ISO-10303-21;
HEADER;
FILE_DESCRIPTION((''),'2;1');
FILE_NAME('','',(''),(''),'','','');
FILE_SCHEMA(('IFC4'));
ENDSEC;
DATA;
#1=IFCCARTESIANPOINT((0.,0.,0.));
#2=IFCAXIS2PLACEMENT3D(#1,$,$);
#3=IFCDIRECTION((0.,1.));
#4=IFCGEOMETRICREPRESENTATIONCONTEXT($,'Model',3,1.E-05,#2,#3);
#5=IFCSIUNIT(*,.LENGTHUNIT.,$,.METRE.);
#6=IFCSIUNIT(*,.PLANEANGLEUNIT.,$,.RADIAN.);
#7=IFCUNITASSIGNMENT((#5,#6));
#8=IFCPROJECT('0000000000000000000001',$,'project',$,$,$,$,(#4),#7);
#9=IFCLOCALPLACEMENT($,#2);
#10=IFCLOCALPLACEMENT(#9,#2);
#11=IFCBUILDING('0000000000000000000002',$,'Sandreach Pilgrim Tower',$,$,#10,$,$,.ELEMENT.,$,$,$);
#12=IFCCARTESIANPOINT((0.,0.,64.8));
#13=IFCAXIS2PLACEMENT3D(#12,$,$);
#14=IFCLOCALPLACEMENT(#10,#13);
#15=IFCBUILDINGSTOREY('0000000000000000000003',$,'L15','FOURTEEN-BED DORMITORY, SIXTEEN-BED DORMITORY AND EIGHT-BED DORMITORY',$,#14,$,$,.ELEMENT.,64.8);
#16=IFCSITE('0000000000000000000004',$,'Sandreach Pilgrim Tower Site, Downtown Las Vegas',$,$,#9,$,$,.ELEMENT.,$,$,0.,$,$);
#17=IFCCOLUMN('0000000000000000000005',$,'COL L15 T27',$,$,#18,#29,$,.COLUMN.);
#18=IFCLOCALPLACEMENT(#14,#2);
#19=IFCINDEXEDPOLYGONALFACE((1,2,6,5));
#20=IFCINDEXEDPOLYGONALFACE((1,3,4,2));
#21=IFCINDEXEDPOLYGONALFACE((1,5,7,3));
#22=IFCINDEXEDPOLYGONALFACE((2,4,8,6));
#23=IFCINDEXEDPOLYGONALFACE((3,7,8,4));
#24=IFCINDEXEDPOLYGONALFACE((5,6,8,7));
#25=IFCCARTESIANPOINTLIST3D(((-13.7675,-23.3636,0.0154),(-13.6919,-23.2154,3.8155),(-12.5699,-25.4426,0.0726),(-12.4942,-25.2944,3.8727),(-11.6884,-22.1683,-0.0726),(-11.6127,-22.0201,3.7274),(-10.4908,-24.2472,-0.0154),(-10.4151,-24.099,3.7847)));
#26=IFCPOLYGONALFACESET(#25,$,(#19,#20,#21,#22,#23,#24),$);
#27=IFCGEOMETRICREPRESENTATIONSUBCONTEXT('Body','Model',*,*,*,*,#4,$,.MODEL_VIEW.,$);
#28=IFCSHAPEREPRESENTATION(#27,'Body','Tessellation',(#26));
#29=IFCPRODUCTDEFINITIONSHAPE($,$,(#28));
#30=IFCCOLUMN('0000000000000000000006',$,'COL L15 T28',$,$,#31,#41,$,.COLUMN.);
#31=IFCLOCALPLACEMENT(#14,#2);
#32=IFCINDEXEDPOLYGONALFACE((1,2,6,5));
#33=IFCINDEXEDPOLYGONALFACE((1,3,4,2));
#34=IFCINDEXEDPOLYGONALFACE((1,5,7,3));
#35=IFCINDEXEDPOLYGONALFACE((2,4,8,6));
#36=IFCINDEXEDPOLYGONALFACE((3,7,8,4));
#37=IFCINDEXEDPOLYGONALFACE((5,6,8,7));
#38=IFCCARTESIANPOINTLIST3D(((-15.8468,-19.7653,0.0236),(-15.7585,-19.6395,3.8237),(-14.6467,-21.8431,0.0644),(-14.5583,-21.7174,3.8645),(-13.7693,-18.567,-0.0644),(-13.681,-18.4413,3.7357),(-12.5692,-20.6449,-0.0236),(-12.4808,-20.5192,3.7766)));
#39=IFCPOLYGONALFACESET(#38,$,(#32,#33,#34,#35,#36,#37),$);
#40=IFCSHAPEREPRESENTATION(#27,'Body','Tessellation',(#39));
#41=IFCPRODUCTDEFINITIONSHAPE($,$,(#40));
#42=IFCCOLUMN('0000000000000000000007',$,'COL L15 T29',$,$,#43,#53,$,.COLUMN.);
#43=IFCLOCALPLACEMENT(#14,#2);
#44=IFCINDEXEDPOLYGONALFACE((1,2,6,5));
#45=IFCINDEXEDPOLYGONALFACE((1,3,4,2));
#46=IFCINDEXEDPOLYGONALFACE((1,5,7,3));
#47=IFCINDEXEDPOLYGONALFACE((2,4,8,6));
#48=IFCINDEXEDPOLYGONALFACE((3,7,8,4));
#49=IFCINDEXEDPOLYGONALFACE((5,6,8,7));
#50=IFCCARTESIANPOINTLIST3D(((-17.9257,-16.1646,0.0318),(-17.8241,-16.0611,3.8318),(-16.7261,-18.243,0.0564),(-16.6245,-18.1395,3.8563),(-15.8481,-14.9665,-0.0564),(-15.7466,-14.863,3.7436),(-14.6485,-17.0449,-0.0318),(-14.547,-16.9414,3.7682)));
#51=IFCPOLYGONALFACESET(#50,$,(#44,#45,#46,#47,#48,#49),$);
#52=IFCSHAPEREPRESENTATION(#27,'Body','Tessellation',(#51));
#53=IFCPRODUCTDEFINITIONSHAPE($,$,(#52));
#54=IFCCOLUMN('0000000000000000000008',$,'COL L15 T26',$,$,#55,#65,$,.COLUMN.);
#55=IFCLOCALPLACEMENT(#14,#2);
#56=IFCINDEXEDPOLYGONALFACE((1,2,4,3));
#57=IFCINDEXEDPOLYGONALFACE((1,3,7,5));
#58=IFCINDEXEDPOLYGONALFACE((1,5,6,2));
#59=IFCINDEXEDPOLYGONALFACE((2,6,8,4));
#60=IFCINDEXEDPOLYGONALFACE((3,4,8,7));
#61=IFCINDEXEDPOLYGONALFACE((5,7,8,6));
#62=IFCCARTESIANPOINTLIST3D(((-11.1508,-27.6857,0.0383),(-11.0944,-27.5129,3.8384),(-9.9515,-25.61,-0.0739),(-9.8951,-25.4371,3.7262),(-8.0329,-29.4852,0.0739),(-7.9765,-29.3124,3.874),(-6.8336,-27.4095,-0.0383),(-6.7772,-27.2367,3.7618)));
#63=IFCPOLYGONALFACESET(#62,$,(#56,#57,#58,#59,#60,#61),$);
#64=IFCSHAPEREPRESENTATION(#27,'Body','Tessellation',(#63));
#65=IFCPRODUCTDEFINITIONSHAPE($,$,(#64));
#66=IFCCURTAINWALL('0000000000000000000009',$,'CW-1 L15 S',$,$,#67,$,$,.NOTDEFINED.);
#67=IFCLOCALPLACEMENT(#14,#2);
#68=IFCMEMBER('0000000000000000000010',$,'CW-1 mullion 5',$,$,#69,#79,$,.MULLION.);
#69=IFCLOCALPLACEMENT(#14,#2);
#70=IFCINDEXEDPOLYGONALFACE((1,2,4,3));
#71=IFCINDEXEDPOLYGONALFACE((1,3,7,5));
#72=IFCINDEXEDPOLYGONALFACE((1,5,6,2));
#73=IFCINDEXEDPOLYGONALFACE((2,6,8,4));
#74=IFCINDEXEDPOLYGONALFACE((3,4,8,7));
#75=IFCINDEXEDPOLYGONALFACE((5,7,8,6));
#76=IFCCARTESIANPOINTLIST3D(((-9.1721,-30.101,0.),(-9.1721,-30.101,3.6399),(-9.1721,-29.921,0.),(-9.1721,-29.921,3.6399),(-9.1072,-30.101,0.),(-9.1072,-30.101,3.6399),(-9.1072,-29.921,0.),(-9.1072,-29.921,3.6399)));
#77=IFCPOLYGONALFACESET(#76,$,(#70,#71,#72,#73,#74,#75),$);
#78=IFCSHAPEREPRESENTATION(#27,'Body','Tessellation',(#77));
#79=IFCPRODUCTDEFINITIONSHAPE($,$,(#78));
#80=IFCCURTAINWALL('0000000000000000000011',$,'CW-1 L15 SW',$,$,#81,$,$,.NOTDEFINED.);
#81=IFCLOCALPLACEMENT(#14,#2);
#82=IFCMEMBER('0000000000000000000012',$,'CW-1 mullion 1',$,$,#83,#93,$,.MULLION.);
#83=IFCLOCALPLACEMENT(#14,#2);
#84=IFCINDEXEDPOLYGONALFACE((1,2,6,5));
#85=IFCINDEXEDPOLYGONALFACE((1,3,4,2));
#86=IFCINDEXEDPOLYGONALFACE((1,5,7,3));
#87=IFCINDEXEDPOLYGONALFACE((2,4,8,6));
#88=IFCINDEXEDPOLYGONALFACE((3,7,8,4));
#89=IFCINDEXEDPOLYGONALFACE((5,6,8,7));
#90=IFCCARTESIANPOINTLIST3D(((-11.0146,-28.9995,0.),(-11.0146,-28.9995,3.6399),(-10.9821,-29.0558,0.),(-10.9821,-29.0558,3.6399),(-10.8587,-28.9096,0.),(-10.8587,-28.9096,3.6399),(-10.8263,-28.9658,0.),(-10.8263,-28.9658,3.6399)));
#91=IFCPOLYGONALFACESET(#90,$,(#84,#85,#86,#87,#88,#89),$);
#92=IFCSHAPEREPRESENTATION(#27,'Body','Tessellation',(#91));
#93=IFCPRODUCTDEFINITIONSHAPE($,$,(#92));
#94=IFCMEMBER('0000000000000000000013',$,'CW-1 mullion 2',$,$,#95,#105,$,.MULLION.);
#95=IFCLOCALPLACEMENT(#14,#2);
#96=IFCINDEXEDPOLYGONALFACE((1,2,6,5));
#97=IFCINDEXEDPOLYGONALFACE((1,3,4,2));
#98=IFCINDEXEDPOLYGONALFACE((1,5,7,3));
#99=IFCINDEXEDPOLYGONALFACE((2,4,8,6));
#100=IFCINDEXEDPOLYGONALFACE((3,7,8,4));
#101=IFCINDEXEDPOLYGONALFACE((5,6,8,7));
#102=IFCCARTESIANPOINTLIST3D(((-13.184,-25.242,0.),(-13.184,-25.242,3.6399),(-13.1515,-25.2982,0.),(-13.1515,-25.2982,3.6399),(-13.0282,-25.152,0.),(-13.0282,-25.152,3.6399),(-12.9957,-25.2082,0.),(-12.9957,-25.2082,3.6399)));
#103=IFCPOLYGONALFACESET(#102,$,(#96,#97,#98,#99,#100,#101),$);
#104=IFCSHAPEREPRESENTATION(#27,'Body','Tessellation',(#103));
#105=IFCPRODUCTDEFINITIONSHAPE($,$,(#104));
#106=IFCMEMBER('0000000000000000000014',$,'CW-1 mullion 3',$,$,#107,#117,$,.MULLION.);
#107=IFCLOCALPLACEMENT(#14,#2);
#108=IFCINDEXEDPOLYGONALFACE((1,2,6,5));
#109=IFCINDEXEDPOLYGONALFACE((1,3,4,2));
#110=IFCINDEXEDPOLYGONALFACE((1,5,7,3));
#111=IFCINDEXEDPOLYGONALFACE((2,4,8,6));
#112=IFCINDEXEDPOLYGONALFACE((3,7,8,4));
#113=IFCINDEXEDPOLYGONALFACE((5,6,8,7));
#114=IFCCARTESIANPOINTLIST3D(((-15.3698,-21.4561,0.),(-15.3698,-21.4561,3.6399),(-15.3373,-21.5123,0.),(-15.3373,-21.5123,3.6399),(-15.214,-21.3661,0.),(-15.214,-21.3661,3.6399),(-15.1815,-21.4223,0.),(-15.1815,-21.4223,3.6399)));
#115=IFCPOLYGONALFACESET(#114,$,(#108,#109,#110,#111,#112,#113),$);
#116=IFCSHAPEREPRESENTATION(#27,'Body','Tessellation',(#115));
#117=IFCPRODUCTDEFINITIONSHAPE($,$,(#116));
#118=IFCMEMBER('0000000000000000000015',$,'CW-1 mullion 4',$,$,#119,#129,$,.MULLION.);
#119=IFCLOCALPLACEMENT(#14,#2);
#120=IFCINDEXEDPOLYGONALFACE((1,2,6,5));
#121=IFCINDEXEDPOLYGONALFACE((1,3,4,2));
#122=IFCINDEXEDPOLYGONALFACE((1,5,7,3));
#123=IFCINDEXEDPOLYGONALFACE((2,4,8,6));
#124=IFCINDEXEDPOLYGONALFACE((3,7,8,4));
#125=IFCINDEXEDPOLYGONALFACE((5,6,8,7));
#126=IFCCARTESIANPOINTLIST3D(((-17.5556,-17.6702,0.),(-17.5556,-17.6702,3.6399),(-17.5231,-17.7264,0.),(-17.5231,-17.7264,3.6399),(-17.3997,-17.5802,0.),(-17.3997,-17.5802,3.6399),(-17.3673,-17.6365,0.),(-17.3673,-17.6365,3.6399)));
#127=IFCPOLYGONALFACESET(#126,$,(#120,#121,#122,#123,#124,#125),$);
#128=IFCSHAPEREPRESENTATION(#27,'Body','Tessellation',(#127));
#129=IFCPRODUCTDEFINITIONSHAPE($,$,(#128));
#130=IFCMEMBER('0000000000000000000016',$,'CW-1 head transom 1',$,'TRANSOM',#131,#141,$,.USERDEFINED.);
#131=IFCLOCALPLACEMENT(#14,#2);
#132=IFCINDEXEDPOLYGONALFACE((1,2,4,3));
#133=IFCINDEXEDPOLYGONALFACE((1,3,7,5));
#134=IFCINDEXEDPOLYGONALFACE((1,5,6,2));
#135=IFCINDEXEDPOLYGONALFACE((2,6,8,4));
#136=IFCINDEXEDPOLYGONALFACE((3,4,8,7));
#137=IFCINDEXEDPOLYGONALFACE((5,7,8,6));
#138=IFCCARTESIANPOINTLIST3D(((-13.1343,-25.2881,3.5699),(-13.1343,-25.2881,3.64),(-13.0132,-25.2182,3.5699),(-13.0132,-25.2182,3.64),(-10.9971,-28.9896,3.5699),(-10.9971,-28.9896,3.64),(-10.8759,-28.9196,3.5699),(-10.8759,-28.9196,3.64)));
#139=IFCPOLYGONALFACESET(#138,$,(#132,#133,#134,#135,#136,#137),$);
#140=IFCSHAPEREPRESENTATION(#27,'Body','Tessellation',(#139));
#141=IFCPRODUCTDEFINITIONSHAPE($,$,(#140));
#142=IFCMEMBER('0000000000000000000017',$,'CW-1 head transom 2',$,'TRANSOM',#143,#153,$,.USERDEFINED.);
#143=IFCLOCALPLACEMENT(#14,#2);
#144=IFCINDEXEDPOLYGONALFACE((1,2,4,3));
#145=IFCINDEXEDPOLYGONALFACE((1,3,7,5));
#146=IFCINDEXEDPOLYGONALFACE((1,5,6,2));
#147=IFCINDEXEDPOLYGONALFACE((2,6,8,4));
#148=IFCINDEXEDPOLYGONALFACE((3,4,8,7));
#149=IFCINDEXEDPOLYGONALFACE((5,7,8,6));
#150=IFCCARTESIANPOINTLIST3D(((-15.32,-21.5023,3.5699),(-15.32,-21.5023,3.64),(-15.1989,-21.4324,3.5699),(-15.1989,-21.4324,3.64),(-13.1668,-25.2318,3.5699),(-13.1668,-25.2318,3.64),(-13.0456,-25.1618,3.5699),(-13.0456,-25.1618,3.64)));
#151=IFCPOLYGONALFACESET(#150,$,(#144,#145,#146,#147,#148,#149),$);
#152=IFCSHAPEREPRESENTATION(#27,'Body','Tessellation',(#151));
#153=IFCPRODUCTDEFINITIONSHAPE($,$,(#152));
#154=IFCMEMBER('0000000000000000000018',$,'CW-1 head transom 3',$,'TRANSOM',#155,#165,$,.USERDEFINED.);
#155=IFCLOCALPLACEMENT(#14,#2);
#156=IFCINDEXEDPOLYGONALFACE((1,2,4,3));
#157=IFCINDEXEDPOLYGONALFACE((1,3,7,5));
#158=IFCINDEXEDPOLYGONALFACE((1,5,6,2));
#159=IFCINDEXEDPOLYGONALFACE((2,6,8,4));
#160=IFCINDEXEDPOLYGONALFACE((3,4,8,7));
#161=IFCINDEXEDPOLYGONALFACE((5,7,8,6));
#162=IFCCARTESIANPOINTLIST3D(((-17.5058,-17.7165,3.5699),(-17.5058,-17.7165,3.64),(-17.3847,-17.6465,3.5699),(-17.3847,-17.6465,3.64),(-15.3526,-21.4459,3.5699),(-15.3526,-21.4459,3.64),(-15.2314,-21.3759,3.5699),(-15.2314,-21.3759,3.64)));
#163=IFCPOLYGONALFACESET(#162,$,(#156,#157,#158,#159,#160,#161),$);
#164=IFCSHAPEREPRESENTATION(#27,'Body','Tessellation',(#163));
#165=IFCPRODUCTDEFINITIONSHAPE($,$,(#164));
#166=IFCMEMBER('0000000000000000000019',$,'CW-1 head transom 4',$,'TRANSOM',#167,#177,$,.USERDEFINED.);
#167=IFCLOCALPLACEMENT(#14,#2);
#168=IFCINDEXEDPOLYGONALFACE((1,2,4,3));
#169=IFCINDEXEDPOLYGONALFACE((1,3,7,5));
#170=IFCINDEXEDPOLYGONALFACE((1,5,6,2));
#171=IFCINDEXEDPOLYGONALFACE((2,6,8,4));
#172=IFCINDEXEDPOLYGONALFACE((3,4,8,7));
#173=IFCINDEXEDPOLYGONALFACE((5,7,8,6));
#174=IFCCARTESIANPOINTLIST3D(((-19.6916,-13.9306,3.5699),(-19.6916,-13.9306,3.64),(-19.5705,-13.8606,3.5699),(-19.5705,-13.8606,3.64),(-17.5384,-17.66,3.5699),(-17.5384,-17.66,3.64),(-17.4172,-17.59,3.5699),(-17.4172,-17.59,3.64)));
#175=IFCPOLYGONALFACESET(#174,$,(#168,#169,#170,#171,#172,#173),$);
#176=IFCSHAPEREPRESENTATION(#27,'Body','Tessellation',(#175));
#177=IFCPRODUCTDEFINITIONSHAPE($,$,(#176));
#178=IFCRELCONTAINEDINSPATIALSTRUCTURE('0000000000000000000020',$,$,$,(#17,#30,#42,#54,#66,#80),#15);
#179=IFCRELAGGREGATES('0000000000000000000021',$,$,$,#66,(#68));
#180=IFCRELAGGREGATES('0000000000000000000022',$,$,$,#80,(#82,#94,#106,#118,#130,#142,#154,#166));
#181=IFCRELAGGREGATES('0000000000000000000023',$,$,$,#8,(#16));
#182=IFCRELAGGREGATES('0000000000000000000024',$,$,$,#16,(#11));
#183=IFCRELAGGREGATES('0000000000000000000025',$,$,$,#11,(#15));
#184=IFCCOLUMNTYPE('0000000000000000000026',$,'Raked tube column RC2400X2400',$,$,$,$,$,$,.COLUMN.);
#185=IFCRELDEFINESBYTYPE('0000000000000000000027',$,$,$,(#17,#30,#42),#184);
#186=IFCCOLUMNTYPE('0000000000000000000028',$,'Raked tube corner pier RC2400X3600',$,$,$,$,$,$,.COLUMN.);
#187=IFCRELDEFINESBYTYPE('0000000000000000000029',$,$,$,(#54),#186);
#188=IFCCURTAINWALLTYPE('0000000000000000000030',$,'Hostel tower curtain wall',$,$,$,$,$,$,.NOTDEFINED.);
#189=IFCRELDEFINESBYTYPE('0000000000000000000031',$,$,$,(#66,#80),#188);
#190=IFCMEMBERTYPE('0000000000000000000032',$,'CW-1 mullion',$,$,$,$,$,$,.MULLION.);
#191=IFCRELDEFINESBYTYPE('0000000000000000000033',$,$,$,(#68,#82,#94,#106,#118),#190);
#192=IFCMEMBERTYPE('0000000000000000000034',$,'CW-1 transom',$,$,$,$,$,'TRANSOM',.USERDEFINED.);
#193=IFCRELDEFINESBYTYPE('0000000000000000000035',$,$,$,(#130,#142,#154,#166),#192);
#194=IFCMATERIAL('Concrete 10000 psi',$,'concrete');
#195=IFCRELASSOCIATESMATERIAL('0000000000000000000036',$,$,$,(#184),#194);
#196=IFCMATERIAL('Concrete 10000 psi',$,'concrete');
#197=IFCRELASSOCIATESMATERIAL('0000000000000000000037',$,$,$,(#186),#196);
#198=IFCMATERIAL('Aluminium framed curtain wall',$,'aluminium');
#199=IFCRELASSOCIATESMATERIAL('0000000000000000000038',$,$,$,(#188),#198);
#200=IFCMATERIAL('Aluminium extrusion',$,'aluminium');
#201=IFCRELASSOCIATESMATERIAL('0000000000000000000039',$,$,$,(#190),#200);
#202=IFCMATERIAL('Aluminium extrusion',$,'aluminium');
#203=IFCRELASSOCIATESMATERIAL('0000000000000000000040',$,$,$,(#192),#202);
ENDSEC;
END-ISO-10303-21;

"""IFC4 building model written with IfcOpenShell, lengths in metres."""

from ifc_helpers import new_model, si_unit, direction, frame, origin, origin_2d, place, context, subcontext, project, spatial, rectangle, extrude, material, material_profile, profile_set, type_object, element, aggregate, save


model = new_model("IFC4")

# Units and contexts
model_context = context("Model", 3, precision=1e-05, world=origin(), true_north=direction((0.0, 1.0)))
body_context = subcontext(model_context, "Body", "Model", "MODEL_VIEW")
ifc_project = project(units=[si_unit("LENGTHUNIT", "METRE"), si_unit("PLANEANGLEUNIT", "RADIAN")], contexts=[model_context])

# Site, building, storey
site_placement = place(None, origin())
site = spatial("IfcSite", under=ifc_project, at=site_placement, Name="Sandreach Pilgrim Tower Site, Downtown Las Vegas", CompositionType="ELEMENT", RefElevation=0.0)
building_placement = place(site_placement, origin())
building = spatial("IfcBuilding", under=site, at=building_placement, Name="Sandreach Pilgrim Tower", CompositionType="ELEMENT")
storey_placement = place(building_placement, frame((0.0, 0.0, 64.8)))
storey = spatial("IfcBuildingStorey", under=building, at=storey_placement, Name="L15", Description="FOURTEEN-BED DORMITORY, SIXTEEN-BED DORMITORY AND EIGHT-BED DORMITORY", CompositionType="ELEMENT", Elevation=64.8)

# Columns
ifc_material_1 = material(Name="Concrete 10000 psi", Category="concrete")
ifc_material_profile_1 = material_profile(ifc_material_1, rectangle(XDim=2.3999, YDim=2.3999, at=origin_2d()), Name="RC2400X2400")
ifc_profile_set_1 = profile_set([ifc_material_profile_1], Name="Concrete 10000 psi")
column_type_1 = type_object("IfcColumnType", Name="Raked tube column RC2400X2400", PredefinedType="COLUMN", material=ifc_profile_set_1)
column_1_placement = place(storey_placement, frame((-12.1292, -23.8054, 0.0), z_axis=(0.019897, 0.03896, 0.999043), x_axis=(-0.866355, -0.498079, 0.036679)))
element("IfcColumn", 1, at=column_1_placement, inside=storey, type_object=column_type_1, Name="COL L15 T27", PredefinedType="COLUMN", context=body_context, shape_type="SweptSolid", body=[
    extrude(rectangle(XDim=2.3999, YDim=2.3999, at=origin_2d()), origin(), (0.0, 0.0, 1.0), 3.8037),
])
column_2_placement = place(storey_placement, frame((-14.208, -20.2051, 0.0), z_axis=(0.023238, 0.03306, 0.999183), x_axis=(-0.865663, -0.499283, 0.036653)))
element("IfcColumn", 2, at=column_2_placement, inside=storey, type_object=column_type_1, Name="COL L15 T28", PredefinedType="COLUMN", context=body_context, shape_type="SweptSolid", body=[
    extrude(rectangle(XDim=2.3999, YDim=2.3999, at=origin_2d()), origin(), (0.0, 0.0, 1.0), 3.8032),
])
column_3_placement = place(storey_placement, frame((-16.2871, -16.6047, 0.0), z_axis=(0.026707, 0.027221, 0.999273), x_axis=(-0.865695, -0.499221, 0.036736)))
element("IfcColumn", 3, at=column_3_placement, inside=storey, type_object=column_type_1, Name="COL L15 T29", PredefinedType="COLUMN", context=body_context, shape_type="SweptSolid", body=[
    extrude(rectangle(XDim=2.3999, YDim=2.3999, at=origin_2d()), origin(), (0.0, 0.0, 1.0), 3.8027),
])
ifc_material_2 = material(Name="Concrete 10000 psi", Category="concrete")
ifc_material_profile_2 = material_profile(ifc_material_2, rectangle(XDim=2.3999, YDim=3.6001, at=origin_2d()), Name="RC2400X3600")
ifc_profile_set_2 = profile_set([ifc_material_profile_2], Name="Concrete 10000 psi")
column_type_2 = type_object("IfcColumnType", Name="Raked tube corner pier RC2400X3600", PredefinedType="COLUMN", material=ifc_profile_set_2)
column_4_placement = place(storey_placement, frame((-8.9922, -27.5476, 0.0), z_axis=(0.014824, 0.045435, 0.998857), x_axis=(-0.499732, -0.864917, 0.046759)))
element("IfcColumn", 4, at=column_4_placement, inside=storey, type_object=column_type_2, Name="COL L15 T26", PredefinedType="COLUMN", context=body_context, shape_type="SweptSolid", body=[
    extrude(rectangle(XDim=2.3999, YDim=3.6001, at=origin_2d()), origin(), (0.0, 0.0, 1.0), 3.8044),
])

# Curtain wall, member
ifc_material_3 = material(Name="Aluminium framed curtain wall", Category="aluminium")
curtain_wall_type = type_object("IfcCurtainWallType", Name="Hostel tower curtain wall", PredefinedType="NOTDEFINED", material=ifc_material_3)
curtain_wall_1_placement = place(storey_placement, origin())
curtain_wall_1 = element("IfcCurtainWall", 5, at=curtain_wall_1_placement, inside=storey, type_object=curtain_wall_type, Name="CW-1 L15 S", PredefinedType="NOTDEFINED")
ifc_material_4 = material(Name="Aluminium extrusion", Category="aluminium")
ifc_material_profile_3 = material_profile(ifc_material_4, rectangle(XDim=0.0649, YDim=0.1799, at=origin_2d()), Name="CW-1M 65X180")
ifc_profile_set_3 = profile_set([ifc_material_profile_3], Name="Aluminium extrusion")
member_type_1 = type_object("IfcMemberType", Name="CW-1 mullion", PredefinedType="MULLION", material=ifc_profile_set_3)
member_1_placement = place(storey_placement, frame((-9.1396, -30.011, 0.0), z_axis=(0.0, 0.0, 1.0), x_axis=(-1.0, 0.0, 0.0)))
member_1 = element("IfcMember", 6, at=member_1_placement, type_object=member_type_1, Name="CW-1 mullion 5", PredefinedType="MULLION", context=body_context, shape_type="SweptSolid", body=[
    extrude(rectangle(XDim=0.0649, YDim=0.1799, at=origin_2d()), origin(), (0.0, 0.0, 1.0), 3.6399),
])
aggregate(curtain_wall_1, [member_1])

# Curtain wall, members
curtain_wall_2_placement = place(storey_placement, origin())
curtain_wall_2 = element("IfcCurtainWall", 7, at=curtain_wall_2_placement, inside=storey, type_object=curtain_wall_type, Name="CW-1 L15 SW", PredefinedType="NOTDEFINED")
member_2_placement = place(storey_placement, frame((-10.9204, -28.9827, 0.0), z_axis=(0.0, 0.0, 1.0), x_axis=(-0.5, 0.866025, 0.0)))
member_2 = element("IfcMember", 8, at=member_2_placement, type_object=member_type_1, Name="CW-1 mullion 1", PredefinedType="MULLION", context=body_context, shape_type="SweptSolid", body=[
    extrude(rectangle(XDim=0.0649, YDim=0.1799, at=origin_2d()), origin(), (0.0, 0.0, 1.0), 3.6399),
])
member_3_placement = place(storey_placement, frame((-13.0898, -25.2251, 0.0), z_axis=(0.0, 0.0, 1.0), x_axis=(-0.5, 0.866025, 0.0)))
member_3 = element("IfcMember", 9, at=member_3_placement, type_object=member_type_1, Name="CW-1 mullion 2", PredefinedType="MULLION", context=body_context, shape_type="SweptSolid", body=[
    extrude(rectangle(XDim=0.0649, YDim=0.1799, at=origin_2d()), origin(), (0.0, 0.0, 1.0), 3.6399),
])
member_4_placement = place(storey_placement, frame((-15.2756, -21.4392, 0.0), z_axis=(0.0, 0.0, 1.0), x_axis=(-0.5, 0.866025, 0.0)))
member_4 = element("IfcMember", 10, at=member_4_placement, type_object=member_type_1, Name="CW-1 mullion 3", PredefinedType="MULLION", context=body_context, shape_type="SweptSolid", body=[
    extrude(rectangle(XDim=0.0649, YDim=0.1799, at=origin_2d()), origin(), (0.0, 0.0, 1.0), 3.6399),
])
member_5_placement = place(storey_placement, frame((-17.4614, -17.6533, 0.0), z_axis=(0.0, 0.0, 1.0), x_axis=(-0.5, 0.866025, 0.0)))
member_5 = element("IfcMember", 11, at=member_5_placement, type_object=member_type_1, Name="CW-1 mullion 4", PredefinedType="MULLION", context=body_context, shape_type="SweptSolid", body=[
    extrude(rectangle(XDim=0.0649, YDim=0.1799, at=origin_2d()), origin(), (0.0, 0.0, 1.0), 3.6399),
])
ifc_material_5 = material(Name="Aluminium extrusion", Category="aluminium")
ifc_material_profile_4 = material_profile(ifc_material_5, rectangle(XDim=0.1399, YDim=0.0701, at=origin_2d()), Name="CW-1T 140X70")
ifc_profile_set_4 = profile_set([ifc_material_profile_4], Name="Aluminium extrusion")
member_type_2 = type_object("IfcMemberType", Name="CW-1 transom", ElementType="TRANSOM", PredefinedType="USERDEFINED", material=ifc_profile_set_4)
member_6_placement = place(storey_placement, frame((-10.9365, -28.9546, 3.605), z_axis=(-0.500034, 0.866006, 0.0), x_axis=(-0.866006, -0.500034, 0.0)))
member_6 = element("IfcMember", 12, at=member_6_placement, type_object=member_type_2, Name="CW-1 head transom 1", ObjectType="TRANSOM", PredefinedType="USERDEFINED", context=body_context, shape_type="SweptSolid", body=[
    extrude(rectangle(XDim=0.1399, YDim=0.0701, at=origin_2d()), origin(), (0.0, 0.0, 1.0), 4.2742),
])
member_7_placement = place(storey_placement, frame((-13.1062, -25.1968, 3.605), z_axis=(-0.500017, 0.866016, 0.0), x_axis=(-0.866016, -0.500017, 0.0)))
member_7 = element("IfcMember", 13, at=member_7_placement, type_object=member_type_2, Name="CW-1 head transom 2", ObjectType="TRANSOM", PredefinedType="USERDEFINED", context=body_context, shape_type="SweptSolid", body=[
    extrude(rectangle(XDim=0.1399, YDim=0.0701, at=origin_2d()), origin(), (0.0, 0.0, 1.0), 4.3064),
])
member_8_placement = place(storey_placement, frame((-15.292, -21.4109, 3.605), z_axis=(-0.500017, 0.866016, 0.0), x_axis=(-0.866016, -0.500017, 0.0)))
member_8 = element("IfcMember", 14, at=member_8_placement, type_object=member_type_2, Name="CW-1 head transom 3", ObjectType="TRANSOM", PredefinedType="USERDEFINED", context=body_context, shape_type="SweptSolid", body=[
    extrude(rectangle(XDim=0.1399, YDim=0.0701, at=origin_2d()), origin(), (0.0, 0.0, 1.0), 4.3064),
])
member_9_placement = place(storey_placement, frame((-17.4778, -17.625, 3.605), z_axis=(-0.500017, 0.866016, 0.0), x_axis=(-0.866016, -0.500017, 0.0)))
member_9 = element("IfcMember", 15, at=member_9_placement, type_object=member_type_2, Name="CW-1 head transom 4", ObjectType="TRANSOM", PredefinedType="USERDEFINED", context=body_context, shape_type="SweptSolid", body=[
    extrude(rectangle(XDim=0.1399, YDim=0.0701, at=origin_2d()), origin(), (0.0, 0.0, 1.0), 4.3064),
])

aggregate(curtain_wall_2, [member_2, member_3, member_4, member_5, member_6, member_7, member_8, member_9])

save(model, "model.ifc")
